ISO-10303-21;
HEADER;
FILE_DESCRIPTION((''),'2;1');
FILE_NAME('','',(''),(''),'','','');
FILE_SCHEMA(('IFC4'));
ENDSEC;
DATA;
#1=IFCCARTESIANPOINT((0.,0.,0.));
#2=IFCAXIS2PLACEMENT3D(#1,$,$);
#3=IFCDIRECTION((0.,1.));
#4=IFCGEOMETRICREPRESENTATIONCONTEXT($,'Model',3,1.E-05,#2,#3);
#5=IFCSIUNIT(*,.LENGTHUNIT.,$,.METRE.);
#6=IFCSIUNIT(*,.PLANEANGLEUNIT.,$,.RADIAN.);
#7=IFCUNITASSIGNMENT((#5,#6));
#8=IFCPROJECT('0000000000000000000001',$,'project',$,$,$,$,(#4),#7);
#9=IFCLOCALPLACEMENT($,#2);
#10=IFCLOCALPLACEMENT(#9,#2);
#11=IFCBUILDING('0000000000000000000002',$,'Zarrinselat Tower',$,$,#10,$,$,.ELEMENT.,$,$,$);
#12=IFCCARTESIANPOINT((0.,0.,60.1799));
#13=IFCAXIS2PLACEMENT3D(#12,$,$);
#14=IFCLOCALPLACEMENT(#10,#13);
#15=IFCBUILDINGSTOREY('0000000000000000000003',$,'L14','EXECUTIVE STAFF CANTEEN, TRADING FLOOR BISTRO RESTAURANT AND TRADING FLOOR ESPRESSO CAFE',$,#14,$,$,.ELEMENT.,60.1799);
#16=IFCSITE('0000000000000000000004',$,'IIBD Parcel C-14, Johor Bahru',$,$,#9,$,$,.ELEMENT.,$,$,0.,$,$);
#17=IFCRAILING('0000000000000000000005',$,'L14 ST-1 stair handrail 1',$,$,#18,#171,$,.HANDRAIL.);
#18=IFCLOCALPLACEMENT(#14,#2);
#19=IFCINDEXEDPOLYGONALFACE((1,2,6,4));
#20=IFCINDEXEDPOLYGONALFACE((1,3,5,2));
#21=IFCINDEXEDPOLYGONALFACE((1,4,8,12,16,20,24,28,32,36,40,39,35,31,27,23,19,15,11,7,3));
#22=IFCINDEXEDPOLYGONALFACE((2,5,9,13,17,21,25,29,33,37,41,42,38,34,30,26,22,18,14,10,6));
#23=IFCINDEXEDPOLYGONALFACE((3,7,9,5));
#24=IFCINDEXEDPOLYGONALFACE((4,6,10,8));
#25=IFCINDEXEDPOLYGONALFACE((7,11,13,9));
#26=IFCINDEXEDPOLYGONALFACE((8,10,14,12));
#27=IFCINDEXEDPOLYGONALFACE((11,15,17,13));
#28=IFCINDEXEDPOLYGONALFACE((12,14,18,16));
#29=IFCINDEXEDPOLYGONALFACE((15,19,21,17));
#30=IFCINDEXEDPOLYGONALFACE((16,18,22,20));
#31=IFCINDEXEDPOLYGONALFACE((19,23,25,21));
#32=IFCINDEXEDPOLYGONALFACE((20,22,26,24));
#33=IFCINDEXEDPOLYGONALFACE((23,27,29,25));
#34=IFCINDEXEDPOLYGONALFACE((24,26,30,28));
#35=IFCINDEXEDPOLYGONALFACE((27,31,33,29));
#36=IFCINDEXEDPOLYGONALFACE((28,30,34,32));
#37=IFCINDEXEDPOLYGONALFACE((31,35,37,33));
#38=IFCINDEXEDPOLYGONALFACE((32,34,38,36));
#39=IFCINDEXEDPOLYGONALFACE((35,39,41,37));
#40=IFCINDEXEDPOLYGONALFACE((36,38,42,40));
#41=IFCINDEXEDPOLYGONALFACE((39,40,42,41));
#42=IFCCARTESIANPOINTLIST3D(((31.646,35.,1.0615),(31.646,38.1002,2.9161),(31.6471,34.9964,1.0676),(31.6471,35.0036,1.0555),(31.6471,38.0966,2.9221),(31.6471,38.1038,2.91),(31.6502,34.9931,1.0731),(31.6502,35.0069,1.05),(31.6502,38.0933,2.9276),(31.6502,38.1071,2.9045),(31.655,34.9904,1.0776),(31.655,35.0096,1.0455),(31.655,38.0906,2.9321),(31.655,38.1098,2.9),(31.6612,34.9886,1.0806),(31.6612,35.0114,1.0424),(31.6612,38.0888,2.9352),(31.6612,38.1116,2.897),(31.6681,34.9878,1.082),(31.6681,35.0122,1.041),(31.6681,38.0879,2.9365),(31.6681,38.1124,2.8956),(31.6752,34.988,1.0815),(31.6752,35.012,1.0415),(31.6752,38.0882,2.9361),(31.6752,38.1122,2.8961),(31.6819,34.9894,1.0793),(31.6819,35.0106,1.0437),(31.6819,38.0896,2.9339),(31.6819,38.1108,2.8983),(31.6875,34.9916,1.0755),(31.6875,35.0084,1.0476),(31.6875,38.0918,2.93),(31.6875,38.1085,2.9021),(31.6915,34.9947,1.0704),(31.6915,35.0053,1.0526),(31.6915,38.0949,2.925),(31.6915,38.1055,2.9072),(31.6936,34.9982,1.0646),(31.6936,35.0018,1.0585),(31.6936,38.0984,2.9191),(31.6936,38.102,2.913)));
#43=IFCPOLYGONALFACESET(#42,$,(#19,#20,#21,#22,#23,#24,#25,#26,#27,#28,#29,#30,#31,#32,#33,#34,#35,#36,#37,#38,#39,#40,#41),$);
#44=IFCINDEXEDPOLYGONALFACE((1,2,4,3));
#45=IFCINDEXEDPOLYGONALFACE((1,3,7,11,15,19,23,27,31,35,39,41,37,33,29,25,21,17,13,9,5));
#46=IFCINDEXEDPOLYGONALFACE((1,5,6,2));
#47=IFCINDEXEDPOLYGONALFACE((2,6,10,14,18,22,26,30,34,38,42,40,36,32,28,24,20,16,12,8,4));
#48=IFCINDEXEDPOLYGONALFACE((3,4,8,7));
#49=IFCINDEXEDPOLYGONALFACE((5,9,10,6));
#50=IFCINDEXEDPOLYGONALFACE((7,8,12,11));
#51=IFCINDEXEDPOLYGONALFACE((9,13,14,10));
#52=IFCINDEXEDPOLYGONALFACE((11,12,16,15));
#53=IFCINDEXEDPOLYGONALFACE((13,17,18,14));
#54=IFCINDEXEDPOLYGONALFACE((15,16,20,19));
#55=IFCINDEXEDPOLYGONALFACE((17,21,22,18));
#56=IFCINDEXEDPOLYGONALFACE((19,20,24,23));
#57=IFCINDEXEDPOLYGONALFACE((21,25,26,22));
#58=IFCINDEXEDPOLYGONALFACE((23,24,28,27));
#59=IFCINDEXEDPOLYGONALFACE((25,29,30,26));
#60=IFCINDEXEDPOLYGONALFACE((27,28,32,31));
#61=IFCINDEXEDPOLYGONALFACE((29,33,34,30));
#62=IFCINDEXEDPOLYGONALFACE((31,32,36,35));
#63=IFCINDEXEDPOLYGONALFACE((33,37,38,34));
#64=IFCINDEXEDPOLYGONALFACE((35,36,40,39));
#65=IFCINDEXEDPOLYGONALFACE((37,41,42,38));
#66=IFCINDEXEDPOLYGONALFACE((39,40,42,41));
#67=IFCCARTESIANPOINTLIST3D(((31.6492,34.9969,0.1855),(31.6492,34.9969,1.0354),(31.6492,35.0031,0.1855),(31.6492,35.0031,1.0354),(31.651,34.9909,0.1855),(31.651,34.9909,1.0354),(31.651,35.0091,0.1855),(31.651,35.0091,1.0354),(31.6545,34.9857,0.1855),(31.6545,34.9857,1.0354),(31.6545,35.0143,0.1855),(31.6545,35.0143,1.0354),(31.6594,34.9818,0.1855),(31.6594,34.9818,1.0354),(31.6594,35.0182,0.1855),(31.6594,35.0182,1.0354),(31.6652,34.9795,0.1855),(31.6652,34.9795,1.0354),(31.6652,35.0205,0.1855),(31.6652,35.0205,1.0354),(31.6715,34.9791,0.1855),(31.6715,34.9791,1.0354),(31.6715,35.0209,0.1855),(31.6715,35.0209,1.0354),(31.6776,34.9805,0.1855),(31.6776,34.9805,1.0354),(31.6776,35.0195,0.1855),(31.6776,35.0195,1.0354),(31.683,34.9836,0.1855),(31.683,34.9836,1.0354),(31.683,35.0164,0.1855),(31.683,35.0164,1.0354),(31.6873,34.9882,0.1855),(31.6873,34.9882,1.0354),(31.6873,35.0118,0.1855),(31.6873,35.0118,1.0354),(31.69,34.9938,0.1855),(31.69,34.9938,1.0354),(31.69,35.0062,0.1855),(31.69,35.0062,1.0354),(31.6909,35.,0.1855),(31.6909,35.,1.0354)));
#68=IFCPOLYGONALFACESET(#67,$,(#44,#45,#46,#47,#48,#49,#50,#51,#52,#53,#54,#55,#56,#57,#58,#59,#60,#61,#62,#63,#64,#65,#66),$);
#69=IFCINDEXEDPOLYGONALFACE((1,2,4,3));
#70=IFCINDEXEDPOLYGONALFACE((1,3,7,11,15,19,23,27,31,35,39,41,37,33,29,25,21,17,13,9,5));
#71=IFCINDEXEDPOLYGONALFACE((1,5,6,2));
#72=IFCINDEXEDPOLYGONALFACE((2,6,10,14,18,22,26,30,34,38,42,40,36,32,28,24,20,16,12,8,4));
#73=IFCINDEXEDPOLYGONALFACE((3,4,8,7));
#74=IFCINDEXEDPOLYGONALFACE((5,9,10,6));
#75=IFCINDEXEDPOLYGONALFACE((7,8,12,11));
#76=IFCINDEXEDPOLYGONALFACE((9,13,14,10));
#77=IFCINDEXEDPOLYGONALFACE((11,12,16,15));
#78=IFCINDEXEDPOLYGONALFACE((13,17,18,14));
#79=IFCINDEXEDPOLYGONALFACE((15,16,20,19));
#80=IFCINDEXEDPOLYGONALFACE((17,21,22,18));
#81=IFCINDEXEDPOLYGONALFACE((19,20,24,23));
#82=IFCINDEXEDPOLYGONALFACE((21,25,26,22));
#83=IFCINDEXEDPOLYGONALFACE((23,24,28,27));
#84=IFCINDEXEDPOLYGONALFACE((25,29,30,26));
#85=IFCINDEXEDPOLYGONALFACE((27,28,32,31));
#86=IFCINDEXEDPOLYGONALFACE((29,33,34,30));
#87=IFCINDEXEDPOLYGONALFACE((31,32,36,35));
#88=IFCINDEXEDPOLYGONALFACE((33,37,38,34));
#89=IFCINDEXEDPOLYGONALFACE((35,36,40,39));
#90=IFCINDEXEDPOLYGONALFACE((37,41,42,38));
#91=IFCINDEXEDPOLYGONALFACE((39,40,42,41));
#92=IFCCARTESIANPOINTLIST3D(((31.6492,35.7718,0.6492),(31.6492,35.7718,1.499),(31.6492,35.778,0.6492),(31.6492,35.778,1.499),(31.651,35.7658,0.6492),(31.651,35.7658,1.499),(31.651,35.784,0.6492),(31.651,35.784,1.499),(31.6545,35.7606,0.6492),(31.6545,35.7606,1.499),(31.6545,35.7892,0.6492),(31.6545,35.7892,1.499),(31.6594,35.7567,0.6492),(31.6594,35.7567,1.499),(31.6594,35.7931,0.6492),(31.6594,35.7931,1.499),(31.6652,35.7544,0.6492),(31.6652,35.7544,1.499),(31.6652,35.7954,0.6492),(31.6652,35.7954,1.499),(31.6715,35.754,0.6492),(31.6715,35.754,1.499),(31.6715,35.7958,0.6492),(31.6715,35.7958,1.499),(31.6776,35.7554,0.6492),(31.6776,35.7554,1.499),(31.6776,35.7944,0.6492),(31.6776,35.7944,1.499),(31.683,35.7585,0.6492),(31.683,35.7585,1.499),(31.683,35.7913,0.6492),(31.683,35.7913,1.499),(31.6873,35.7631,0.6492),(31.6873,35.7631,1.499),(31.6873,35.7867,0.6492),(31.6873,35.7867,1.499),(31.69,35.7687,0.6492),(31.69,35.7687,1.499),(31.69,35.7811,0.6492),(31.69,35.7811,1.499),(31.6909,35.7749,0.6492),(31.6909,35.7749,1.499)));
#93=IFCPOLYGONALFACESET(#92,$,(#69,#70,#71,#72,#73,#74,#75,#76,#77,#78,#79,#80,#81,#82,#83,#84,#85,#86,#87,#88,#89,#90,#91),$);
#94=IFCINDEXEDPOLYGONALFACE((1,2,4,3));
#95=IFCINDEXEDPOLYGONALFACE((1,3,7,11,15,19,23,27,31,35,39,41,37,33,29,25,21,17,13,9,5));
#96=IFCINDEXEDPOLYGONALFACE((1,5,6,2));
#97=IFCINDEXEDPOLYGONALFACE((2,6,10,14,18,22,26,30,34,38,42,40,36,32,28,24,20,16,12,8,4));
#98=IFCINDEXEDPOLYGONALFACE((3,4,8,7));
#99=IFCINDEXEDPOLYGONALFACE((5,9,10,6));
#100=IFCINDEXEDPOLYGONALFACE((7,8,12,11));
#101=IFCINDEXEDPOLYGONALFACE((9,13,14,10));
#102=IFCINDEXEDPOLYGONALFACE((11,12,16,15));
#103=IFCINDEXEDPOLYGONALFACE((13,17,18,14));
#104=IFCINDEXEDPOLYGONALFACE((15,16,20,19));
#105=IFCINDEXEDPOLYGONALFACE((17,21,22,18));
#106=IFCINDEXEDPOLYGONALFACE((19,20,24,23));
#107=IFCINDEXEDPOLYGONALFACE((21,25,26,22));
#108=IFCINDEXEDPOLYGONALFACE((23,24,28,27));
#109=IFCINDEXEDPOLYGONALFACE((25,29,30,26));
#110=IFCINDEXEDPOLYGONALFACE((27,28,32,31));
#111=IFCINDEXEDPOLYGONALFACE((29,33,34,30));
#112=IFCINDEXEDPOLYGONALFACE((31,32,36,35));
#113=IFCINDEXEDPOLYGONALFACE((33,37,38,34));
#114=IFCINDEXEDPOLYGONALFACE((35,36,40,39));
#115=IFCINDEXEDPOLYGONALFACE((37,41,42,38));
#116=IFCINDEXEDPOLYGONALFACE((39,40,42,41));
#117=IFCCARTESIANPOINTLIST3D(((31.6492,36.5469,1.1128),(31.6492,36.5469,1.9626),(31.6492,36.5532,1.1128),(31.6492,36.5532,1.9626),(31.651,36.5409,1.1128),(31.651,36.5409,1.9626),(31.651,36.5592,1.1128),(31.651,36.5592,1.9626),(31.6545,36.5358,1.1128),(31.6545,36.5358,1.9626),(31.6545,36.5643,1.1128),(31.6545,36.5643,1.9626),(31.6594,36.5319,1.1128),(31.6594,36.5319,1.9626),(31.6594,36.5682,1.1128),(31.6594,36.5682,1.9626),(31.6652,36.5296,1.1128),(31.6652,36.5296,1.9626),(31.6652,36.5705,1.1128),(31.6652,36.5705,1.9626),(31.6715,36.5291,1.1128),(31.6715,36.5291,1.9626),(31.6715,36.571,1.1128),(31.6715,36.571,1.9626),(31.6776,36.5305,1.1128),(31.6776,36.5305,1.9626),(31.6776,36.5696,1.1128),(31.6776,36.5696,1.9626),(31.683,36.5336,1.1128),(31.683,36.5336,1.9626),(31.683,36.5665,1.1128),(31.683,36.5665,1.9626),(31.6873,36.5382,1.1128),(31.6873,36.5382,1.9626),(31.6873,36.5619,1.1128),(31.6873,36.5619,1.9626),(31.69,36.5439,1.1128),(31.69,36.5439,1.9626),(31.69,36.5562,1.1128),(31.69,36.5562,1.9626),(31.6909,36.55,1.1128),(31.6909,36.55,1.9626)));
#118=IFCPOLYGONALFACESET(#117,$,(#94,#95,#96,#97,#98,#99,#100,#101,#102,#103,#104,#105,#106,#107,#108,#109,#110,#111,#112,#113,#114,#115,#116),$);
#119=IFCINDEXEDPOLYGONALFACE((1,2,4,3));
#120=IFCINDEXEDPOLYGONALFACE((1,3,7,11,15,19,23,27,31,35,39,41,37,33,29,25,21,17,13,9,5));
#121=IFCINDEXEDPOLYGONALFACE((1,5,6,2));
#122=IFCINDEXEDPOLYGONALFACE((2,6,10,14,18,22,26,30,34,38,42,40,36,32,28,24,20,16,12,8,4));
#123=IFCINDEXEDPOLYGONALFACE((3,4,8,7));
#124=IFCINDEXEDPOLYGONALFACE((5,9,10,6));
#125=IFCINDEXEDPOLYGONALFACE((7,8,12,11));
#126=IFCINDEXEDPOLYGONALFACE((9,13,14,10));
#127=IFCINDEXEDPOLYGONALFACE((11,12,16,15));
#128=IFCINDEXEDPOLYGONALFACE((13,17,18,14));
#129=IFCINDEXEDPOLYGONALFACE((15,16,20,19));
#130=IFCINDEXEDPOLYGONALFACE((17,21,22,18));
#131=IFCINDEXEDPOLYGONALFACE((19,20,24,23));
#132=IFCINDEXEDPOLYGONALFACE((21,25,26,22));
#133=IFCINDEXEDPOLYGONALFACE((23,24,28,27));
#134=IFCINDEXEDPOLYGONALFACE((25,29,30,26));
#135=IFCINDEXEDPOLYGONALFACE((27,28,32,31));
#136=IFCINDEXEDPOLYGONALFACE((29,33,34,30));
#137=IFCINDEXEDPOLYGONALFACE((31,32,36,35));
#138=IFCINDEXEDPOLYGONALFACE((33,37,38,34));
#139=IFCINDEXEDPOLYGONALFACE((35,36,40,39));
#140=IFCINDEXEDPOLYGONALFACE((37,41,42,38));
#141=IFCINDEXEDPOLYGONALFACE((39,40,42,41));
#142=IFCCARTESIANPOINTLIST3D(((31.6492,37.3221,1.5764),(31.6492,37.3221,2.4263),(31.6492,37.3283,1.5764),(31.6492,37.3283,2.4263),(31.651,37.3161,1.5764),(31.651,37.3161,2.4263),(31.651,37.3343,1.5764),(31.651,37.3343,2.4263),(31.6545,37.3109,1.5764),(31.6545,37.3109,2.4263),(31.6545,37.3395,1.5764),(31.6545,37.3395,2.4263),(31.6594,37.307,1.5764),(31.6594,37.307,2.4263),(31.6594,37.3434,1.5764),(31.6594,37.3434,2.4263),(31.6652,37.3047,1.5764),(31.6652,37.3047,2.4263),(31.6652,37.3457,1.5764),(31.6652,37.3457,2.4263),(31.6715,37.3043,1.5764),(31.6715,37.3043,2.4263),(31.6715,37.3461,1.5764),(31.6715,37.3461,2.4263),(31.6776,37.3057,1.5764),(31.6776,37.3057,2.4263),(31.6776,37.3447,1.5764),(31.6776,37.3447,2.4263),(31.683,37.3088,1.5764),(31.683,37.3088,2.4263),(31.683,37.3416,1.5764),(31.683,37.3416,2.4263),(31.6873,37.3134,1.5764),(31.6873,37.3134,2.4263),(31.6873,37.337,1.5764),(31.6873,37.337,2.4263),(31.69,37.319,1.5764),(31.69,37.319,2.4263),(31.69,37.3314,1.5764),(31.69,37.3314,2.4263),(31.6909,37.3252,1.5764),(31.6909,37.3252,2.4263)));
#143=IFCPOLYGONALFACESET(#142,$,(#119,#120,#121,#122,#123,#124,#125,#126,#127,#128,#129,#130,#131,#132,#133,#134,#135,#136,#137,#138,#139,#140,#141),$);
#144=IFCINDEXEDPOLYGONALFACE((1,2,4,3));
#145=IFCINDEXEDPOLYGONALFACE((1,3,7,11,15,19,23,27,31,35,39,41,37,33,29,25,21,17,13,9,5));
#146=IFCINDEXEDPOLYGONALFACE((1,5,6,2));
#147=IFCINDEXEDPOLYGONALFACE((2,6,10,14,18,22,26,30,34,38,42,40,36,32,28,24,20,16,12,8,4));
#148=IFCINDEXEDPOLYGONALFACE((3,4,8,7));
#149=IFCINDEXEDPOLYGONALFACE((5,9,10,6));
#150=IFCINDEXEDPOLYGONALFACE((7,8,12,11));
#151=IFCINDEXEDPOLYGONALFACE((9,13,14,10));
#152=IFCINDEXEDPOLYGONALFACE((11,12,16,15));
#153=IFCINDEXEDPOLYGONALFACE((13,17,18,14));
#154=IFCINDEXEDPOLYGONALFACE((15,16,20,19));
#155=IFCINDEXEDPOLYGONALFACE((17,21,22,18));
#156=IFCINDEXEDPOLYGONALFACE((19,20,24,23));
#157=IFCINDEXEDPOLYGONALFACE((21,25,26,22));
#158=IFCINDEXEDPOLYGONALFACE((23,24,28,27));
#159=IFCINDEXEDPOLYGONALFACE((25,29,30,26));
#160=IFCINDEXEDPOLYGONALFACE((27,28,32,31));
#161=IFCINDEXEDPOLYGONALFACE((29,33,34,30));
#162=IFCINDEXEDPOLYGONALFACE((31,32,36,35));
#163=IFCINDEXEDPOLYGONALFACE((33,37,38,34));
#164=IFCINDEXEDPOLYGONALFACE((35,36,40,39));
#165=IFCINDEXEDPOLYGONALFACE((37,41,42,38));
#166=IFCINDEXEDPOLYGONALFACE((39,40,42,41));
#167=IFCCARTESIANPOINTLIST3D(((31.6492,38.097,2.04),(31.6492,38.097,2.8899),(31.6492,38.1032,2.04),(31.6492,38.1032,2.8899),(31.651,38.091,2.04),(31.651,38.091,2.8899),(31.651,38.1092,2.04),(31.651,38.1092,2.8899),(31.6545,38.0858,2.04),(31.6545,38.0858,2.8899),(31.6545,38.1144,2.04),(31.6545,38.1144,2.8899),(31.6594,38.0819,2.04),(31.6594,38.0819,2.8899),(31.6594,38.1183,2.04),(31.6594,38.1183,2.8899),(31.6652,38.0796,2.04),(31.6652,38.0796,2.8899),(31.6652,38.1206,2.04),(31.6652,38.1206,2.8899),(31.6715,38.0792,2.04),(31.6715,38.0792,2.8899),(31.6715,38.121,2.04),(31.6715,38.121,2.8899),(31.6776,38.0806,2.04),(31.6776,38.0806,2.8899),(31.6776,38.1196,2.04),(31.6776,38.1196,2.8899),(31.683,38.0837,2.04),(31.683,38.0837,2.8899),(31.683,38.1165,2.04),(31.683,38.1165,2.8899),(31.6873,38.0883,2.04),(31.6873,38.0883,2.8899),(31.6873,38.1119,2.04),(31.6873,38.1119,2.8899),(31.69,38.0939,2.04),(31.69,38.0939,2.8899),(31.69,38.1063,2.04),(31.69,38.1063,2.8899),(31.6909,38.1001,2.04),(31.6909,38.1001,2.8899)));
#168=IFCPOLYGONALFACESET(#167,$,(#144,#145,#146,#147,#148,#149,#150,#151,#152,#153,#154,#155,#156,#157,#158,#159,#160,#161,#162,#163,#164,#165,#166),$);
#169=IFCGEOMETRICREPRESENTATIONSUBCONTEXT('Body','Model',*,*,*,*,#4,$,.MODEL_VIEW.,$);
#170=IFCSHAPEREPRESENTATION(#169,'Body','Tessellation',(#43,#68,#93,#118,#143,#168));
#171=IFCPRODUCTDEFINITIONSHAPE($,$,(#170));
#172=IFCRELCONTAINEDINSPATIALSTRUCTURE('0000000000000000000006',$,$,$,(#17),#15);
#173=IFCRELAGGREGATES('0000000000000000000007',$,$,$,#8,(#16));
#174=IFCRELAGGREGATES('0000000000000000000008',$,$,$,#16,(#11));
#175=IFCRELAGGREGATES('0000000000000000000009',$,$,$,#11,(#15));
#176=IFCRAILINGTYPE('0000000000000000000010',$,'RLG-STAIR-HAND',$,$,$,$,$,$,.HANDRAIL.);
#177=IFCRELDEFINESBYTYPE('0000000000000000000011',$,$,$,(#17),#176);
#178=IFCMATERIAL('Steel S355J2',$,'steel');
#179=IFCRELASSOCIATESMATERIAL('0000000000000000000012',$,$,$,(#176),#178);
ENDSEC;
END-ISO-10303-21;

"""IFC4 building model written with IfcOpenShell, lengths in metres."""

from ifc_helpers import new_model, si_unit, direction, frame, origin, origin_2d, place, context, subcontext, project, spatial, circle, extrude, material, type_object, element, save


model = new_model("IFC4")

# Units and contexts
model_context = context("Model", 3, precision=1e-05, world=origin(), true_north=direction((0.0, 1.0)))
body_context = subcontext(model_context, "Body", "Model", "MODEL_VIEW")
ifc_project = project(units=[si_unit("LENGTHUNIT", "METRE"), si_unit("PLANEANGLEUNIT", "RADIAN")], contexts=[model_context])

# Site, building, storey
site_placement = place(None, origin())
site = spatial("IfcSite", under=ifc_project, at=site_placement, Name="IIBD Parcel C-14, Johor Bahru", CompositionType="ELEMENT", RefElevation=0.0)
building_placement = place(site_placement, origin())
building = spatial("IfcBuilding", under=site, at=building_placement, Name="Zarrinselat Tower", CompositionType="ELEMENT")
storey_placement = place(building_placement, frame((0.0, 0.0, 60.1799)))
storey = spatial("IfcBuildingStorey", under=building, at=storey_placement, Name="L14", Description="EXECUTIVE STAFF CANTEEN, TRADING FLOOR BISTRO RESTAURANT AND TRADING FLOOR ESPRESSO CAFE", CompositionType="ELEMENT", Elevation=60.1799)

# Railing
ifc_material_1 = material(Name="Steel S355J2", Category="steel")
railing_type_1 = type_object("IfcRailingType", Name="RLG-STAIR-HAND", PredefinedType="HANDRAIL", material=ifc_material_1)
railing_1_placement = place(storey_placement, frame((31.6699, 35.0, 0.1855)))
element("IfcRailing", 1, at=railing_1_placement, inside=storey, type_object=railing_type_1, Name="L14 ST-1 stair handrail 1", PredefinedType="HANDRAIL", context=body_context, shape_type="SweptSolid", body=[
    extrude(circle(Radius=0.0239, at=origin_2d()), frame((0.0, 0.0, 0.876), z_axis=(0.0, 0.858172, 0.513362), x_axis=(-1.0, 0.0, 0.0)), (0.0, 0.0, 1.0), 3.6125),
    extrude(circle(Radius=0.021, at=origin_2d()), origin(), (0.0, 0.0, 1.0), 0.8499),
    extrude(circle(Radius=0.021, at=origin_2d()), frame((0.0, 0.7749, 0.4636)), (0.0, 0.0, 1.0), 0.8499),
    extrude(circle(Radius=0.021, at=origin_2d()), frame((0.0, 1.55, 0.9272)), (0.0, 0.0, 1.0), 0.8499),
    extrude(circle(Radius=0.021, at=origin_2d()), frame((0.0, 2.3252, 1.3909)), (0.0, 0.0, 1.0), 0.8499),
    extrude(circle(Radius=0.021, at=origin_2d()), frame((0.0, 3.1001, 1.8545)), (0.0, 0.0, 1.0), 0.8499),
])

save(model, "model.ifc")
